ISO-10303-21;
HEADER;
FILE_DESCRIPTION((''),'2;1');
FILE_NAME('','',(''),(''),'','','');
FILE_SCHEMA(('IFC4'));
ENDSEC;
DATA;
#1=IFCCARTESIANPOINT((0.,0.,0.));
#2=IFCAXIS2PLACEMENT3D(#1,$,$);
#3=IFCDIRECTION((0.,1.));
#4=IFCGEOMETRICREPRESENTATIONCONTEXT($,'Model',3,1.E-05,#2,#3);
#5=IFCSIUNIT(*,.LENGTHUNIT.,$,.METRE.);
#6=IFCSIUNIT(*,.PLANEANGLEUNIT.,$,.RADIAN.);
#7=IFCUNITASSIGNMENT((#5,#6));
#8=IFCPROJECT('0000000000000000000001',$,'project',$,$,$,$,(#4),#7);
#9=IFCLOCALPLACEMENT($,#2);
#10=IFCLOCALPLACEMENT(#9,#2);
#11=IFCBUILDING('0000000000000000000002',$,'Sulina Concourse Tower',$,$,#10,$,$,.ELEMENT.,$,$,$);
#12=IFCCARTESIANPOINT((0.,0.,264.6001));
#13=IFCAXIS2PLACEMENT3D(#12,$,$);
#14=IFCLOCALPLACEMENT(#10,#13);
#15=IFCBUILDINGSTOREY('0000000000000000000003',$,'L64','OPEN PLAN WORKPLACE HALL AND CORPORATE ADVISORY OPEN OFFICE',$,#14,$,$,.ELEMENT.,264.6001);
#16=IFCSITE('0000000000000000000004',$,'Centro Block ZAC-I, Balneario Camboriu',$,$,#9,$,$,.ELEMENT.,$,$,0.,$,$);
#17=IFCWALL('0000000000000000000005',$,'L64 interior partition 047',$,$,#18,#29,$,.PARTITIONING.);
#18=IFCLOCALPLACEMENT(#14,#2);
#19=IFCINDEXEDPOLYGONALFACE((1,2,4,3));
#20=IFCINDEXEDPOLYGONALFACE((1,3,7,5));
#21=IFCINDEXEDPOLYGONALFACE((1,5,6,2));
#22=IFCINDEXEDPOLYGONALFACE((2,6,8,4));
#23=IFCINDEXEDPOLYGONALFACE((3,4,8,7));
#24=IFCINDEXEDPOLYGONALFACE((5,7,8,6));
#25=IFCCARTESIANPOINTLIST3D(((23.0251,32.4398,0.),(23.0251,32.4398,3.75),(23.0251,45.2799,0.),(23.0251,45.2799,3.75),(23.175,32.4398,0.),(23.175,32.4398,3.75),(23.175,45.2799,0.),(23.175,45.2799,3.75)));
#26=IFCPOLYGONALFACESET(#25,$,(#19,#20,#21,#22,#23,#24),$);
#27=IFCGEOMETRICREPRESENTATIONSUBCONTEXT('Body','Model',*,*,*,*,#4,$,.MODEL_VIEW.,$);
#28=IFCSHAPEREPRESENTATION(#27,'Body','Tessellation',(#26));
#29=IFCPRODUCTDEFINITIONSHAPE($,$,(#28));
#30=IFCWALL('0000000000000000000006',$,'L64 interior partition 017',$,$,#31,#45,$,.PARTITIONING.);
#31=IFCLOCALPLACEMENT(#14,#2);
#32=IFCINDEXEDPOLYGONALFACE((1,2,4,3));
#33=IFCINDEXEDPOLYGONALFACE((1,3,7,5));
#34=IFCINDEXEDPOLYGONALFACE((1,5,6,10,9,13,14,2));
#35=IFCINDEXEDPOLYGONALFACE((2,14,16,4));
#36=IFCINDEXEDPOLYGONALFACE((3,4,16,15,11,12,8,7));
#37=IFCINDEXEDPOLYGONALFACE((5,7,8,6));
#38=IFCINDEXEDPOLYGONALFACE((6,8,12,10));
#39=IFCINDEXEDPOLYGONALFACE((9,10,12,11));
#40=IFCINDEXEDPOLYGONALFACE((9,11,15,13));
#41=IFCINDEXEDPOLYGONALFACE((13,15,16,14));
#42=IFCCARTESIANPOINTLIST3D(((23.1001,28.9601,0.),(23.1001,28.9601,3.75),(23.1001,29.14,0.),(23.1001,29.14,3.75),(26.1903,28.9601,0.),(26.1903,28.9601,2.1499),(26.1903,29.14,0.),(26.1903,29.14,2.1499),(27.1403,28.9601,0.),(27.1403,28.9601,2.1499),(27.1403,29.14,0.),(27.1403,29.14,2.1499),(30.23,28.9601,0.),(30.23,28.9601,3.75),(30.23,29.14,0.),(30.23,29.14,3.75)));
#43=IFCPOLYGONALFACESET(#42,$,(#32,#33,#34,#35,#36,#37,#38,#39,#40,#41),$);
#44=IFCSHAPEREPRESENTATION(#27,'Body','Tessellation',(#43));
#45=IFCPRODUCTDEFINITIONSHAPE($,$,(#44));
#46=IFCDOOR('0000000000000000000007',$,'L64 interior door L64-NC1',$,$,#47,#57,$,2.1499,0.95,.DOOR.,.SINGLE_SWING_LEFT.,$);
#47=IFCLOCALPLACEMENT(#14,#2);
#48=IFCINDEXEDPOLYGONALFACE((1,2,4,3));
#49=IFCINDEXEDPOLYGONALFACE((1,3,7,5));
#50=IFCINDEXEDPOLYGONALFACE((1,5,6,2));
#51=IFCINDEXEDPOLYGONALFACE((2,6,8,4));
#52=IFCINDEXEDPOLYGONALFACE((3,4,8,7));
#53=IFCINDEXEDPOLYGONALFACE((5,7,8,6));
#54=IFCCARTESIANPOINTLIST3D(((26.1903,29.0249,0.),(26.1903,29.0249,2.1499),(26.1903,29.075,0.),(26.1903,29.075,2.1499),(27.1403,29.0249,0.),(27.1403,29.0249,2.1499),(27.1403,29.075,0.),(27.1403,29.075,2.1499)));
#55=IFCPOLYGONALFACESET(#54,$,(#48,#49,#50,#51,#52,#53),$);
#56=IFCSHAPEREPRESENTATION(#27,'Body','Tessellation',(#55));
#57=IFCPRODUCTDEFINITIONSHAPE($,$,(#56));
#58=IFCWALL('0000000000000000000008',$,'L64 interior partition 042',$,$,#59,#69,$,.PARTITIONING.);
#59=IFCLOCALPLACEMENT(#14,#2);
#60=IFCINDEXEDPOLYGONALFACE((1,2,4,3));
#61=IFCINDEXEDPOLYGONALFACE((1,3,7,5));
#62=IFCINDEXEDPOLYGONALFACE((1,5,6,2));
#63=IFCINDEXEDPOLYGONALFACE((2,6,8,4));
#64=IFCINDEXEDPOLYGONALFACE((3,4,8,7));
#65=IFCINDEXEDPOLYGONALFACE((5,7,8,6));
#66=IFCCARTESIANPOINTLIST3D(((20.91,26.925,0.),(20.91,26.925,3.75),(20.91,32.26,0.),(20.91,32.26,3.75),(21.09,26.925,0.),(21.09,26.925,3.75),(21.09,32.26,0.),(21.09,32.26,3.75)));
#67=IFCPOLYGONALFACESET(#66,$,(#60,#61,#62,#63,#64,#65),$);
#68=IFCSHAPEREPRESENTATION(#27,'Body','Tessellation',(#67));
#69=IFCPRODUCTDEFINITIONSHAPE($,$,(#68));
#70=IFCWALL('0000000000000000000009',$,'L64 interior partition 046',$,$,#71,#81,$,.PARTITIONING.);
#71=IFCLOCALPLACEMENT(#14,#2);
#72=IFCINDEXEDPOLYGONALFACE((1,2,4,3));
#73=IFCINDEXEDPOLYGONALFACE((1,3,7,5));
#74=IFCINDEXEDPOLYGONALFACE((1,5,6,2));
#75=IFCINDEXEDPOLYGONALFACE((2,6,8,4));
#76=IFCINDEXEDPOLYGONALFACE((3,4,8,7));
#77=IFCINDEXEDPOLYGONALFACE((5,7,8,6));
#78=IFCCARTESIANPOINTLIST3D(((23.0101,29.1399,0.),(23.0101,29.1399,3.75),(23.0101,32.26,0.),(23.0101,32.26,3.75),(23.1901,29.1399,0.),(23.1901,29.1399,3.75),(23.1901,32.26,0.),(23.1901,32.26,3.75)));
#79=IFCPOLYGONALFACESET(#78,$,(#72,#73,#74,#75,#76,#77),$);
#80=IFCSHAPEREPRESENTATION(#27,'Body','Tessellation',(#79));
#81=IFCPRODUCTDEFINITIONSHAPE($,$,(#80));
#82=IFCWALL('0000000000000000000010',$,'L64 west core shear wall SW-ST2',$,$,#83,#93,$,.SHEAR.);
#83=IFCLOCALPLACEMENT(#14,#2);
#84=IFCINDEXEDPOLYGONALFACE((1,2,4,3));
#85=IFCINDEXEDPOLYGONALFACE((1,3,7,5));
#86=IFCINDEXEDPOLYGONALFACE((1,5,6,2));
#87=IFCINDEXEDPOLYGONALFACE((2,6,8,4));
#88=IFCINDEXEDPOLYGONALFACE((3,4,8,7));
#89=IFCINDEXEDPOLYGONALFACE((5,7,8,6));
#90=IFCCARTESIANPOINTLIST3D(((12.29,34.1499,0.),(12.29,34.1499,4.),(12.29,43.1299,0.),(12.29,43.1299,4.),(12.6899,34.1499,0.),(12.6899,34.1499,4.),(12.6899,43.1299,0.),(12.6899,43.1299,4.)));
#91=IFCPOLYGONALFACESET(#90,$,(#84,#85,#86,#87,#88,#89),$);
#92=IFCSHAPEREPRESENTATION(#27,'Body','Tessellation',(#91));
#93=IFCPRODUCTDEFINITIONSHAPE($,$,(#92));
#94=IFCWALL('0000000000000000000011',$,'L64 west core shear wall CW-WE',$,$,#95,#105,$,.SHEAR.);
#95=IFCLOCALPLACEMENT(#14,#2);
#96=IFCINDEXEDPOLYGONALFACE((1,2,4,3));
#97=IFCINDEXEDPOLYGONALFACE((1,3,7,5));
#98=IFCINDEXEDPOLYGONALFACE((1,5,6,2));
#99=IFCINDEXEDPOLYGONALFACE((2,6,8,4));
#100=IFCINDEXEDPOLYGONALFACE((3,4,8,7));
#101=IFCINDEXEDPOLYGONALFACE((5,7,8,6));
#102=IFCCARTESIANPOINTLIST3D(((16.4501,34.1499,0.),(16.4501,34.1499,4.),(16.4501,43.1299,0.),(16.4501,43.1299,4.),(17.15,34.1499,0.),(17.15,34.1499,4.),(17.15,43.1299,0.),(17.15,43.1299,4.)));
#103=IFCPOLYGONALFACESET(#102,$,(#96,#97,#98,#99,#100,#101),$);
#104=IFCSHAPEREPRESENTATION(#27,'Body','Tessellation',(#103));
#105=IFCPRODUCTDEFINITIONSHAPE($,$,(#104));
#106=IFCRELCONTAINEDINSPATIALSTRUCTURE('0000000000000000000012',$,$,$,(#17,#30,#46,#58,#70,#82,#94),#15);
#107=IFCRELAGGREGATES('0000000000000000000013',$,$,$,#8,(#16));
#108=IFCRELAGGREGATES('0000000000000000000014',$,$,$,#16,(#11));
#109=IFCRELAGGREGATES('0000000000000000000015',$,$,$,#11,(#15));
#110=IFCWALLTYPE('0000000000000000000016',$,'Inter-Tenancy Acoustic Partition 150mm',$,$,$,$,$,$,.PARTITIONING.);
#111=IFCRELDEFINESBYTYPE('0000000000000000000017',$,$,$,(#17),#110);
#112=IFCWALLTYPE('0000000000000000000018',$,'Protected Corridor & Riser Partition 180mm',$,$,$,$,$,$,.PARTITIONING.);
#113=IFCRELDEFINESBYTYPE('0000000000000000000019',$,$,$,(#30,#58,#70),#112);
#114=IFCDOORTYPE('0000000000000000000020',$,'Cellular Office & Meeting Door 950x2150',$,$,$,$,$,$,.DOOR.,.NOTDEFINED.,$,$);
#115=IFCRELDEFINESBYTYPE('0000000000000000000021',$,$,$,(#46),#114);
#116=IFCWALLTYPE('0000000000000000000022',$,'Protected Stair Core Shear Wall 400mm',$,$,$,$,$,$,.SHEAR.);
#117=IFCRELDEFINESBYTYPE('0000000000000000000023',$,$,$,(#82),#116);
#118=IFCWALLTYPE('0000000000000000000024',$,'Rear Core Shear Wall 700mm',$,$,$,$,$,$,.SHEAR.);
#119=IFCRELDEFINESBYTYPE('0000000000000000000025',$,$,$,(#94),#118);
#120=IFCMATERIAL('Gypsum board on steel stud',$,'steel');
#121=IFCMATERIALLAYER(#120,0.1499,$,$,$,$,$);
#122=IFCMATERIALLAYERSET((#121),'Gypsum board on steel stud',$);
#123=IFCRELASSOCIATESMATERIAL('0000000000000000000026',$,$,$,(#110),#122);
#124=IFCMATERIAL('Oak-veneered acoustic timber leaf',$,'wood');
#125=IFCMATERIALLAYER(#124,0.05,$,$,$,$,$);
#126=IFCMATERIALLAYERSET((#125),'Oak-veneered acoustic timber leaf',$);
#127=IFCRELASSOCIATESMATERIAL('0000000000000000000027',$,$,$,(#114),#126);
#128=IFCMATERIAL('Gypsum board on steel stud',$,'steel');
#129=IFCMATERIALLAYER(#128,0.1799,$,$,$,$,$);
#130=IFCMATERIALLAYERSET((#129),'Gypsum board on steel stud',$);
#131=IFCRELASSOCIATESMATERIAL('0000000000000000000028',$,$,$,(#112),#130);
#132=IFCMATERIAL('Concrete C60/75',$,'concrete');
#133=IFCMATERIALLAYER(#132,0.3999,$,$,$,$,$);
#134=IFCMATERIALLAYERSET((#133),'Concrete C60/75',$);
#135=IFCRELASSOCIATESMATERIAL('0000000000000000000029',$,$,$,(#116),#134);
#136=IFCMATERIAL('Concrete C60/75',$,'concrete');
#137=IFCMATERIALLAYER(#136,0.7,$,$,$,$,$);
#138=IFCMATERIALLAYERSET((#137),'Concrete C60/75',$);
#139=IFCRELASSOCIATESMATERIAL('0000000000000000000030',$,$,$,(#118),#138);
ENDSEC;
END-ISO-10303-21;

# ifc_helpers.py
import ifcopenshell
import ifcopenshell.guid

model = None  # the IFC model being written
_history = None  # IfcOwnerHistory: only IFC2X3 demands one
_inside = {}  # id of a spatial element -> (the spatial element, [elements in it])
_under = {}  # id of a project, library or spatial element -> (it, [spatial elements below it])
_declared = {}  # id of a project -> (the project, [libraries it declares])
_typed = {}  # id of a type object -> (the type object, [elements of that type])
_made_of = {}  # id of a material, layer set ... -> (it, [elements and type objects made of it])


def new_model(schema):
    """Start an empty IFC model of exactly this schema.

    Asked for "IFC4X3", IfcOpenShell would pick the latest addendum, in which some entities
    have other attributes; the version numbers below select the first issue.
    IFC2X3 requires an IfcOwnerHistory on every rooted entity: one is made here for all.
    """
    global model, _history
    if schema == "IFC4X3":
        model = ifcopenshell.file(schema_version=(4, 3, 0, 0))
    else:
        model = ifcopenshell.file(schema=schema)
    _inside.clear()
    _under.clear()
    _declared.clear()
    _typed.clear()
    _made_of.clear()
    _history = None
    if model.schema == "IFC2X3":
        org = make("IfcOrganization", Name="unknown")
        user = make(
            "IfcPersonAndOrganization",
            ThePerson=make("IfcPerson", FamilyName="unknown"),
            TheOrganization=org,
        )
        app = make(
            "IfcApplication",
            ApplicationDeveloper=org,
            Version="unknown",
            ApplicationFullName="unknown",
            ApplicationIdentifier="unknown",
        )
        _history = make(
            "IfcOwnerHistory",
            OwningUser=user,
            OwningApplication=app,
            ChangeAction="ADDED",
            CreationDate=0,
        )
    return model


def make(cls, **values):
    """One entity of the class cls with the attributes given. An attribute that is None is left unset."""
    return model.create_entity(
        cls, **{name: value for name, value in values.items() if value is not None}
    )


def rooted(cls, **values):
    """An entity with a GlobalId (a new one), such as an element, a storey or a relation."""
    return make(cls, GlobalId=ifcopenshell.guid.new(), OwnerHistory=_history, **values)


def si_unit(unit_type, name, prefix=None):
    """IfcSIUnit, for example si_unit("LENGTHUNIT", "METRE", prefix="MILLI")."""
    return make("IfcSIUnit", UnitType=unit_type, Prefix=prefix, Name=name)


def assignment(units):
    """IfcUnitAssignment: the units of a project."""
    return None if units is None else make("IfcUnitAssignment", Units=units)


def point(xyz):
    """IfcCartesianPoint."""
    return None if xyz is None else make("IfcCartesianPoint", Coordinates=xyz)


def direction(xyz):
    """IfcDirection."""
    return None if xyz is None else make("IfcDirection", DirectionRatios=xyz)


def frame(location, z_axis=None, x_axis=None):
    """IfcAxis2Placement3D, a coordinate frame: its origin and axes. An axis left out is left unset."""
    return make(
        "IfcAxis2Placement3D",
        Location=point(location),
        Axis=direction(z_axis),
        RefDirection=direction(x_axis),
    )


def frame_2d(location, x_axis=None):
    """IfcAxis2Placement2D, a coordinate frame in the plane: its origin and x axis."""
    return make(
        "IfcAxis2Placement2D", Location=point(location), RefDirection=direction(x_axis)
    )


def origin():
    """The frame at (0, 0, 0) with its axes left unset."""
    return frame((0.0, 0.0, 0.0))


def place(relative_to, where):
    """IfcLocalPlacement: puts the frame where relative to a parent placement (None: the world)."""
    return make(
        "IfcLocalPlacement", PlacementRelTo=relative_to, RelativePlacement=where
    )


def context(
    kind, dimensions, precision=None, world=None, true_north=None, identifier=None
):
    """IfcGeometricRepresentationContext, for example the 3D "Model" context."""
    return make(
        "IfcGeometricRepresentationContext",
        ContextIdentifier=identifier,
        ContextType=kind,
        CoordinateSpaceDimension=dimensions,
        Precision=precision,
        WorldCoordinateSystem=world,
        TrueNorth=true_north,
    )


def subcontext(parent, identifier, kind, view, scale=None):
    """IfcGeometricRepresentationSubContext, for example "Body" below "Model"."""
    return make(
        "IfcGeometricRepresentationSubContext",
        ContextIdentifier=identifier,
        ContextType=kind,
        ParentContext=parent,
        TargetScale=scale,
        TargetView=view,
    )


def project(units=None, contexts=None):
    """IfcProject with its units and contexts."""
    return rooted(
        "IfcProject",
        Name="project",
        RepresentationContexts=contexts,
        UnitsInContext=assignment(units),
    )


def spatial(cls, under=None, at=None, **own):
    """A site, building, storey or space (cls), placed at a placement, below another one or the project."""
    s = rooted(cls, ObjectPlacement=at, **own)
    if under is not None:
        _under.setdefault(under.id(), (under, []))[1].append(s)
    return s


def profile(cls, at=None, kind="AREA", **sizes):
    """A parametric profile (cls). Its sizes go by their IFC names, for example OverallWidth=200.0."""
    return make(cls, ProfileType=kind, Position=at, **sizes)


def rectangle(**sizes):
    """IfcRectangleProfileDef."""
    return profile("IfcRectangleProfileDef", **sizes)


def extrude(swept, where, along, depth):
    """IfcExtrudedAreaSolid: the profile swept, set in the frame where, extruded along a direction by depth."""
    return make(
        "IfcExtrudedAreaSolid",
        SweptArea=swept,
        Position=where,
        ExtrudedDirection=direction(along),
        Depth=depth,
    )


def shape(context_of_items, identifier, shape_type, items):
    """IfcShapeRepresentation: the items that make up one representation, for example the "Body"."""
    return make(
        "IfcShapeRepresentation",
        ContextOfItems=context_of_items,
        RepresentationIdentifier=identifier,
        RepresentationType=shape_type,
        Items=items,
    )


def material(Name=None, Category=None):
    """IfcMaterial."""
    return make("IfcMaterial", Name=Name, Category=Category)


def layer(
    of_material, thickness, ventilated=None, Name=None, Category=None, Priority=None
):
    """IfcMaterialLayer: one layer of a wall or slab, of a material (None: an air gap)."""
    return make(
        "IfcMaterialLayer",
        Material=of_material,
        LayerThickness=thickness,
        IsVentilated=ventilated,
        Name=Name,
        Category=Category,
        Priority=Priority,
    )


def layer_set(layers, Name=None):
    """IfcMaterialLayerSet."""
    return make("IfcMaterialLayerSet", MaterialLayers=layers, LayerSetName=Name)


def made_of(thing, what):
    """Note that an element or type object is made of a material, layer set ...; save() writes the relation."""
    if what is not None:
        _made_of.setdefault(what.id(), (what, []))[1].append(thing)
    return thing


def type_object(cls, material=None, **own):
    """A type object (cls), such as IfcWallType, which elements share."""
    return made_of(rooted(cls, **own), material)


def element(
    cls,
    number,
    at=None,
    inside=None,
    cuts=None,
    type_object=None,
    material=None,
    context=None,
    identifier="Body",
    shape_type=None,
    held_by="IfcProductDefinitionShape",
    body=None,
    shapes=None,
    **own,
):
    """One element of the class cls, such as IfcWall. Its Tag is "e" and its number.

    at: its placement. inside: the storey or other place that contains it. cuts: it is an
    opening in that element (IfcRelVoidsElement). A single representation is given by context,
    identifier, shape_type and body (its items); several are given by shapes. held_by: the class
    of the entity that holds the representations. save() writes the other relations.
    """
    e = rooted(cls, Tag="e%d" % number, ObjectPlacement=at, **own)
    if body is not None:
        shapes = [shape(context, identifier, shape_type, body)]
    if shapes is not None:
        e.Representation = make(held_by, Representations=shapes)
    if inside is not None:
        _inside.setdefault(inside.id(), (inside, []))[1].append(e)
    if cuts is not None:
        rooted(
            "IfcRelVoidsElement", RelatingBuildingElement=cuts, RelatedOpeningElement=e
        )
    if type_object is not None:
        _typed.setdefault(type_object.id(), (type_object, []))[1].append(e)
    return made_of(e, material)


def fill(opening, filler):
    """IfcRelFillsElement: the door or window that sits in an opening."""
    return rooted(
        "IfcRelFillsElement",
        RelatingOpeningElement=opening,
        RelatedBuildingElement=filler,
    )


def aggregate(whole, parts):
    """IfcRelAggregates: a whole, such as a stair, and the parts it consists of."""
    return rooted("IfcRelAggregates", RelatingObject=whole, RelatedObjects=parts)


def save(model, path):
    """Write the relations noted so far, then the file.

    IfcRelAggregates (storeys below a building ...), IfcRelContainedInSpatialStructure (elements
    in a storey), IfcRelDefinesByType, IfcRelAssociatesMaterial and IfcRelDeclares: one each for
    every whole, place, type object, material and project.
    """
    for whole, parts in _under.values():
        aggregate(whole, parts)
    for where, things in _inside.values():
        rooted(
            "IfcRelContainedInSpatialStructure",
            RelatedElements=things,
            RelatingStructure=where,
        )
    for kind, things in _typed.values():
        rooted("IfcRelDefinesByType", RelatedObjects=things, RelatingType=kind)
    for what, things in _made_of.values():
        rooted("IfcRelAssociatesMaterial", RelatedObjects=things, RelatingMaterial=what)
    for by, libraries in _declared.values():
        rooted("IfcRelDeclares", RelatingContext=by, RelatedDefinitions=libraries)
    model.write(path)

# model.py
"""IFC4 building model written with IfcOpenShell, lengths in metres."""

from ifc_helpers import new_model, si_unit, direction, frame, frame_2d, origin, place, context, subcontext, project, spatial, rectangle, extrude, material, layer, layer_set, type_object, element, fill, save


model = new_model("IFC4")

# Units and contexts
model_context = context("Model", 3, precision=1e-05, world=origin(), true_north=direction((0.0, 1.0)))
body_context = subcontext(model_context, "Body", "Model", "MODEL_VIEW")
ifc_project = project(units=[si_unit("LENGTHUNIT", "METRE"), si_unit("PLANEANGLEUNIT", "RADIAN")], contexts=[model_context])

# Site, building, storey
site_placement = place(None, origin())
site = spatial("IfcSite", under=ifc_project, at=site_placement, Name="Centro Block ZAC-I, Balneario Camboriu", CompositionType="ELEMENT", RefElevation=0.0)
building_placement = place(site_placement, origin())
building = spatial("IfcBuilding", under=site, at=building_placement, Name="Sulina Concourse Tower", CompositionType="ELEMENT")
storey_placement = place(building_placement, frame((0.0, 0.0, 264.6001)))
storey = spatial("IfcBuildingStorey", under=building, at=storey_placement, Name="L64", Description="OPEN PLAN WORKPLACE HALL AND CORPORATE ADVISORY OPEN OFFICE", CompositionType="ELEMENT", Elevation=264.6001)

# Shared definitions
ifc_material_1 = material(Name="Gypsum board on steel stud", Category="steel")
ifc_layer_1 = layer(ifc_material_1, 0.1499)
ifc_layer_set_1 = layer_set([ifc_layer_1], Name="Gypsum board on steel stud")
wall_type_1 = type_object("IfcWallType", Name="Inter-Tenancy Acoustic Partition 150mm", PredefinedType="PARTITIONING", material=ifc_layer_set_1)

# Shared definitions
ifc_material_2 = material(Name="Oak-veneered acoustic timber leaf", Category="wood")
ifc_layer_2 = layer(ifc_material_2, 0.05)
ifc_layer_set_2 = layer_set([ifc_layer_2], Name="Oak-veneered acoustic timber leaf")
door_type_1 = type_object("IfcDoorType", Name="Cellular Office & Meeting Door 950x2150", OperationType="NOTDEFINED", PredefinedType="DOOR", material=ifc_layer_set_2)

# Wall
wall_1_placement = place(storey_placement, frame((23.1001, 32.4399, 0.0), z_axis=(0.0, 0.0, 1.0), x_axis=(0.0, 1.0, 0.0)))
element("IfcWall", 1, at=wall_1_placement, inside=storey, type_object=wall_type_1, Name="L64 interior partition 047", PredefinedType="PARTITIONING", context=body_context, shape_type="SweptSolid", body=[
    extrude(rectangle(XDim=12.8401, YDim=0.1499, at=frame_2d((6.4199, 0.0))), origin(), (0.0, 0.0, 1.0), 3.75),
])

# Wall, opening, door
ifc_material_3 = material(Name="Gypsum board on steel stud", Category="steel")
ifc_layer_3 = layer(ifc_material_3, 0.1799)
ifc_layer_set_3 = layer_set([ifc_layer_3], Name="Gypsum board on steel stud")
wall_type_2 = type_object("IfcWallType", Name="Protected Corridor & Riser Partition 180mm", PredefinedType="PARTITIONING", material=ifc_layer_set_3)
wall_2_placement = place(storey_placement, frame((23.1001, 29.05, 0.0), z_axis=(0.0, 0.0, 1.0), x_axis=(1.0, 0.0, 0.0)))
wall_2 = element("IfcWall", 2, at=wall_2_placement, inside=storey, type_object=wall_type_2, Name="L64 interior partition 017", PredefinedType="PARTITIONING", context=body_context, shape_type="SweptSolid", body=[
    extrude(rectangle(XDim=7.1299, YDim=0.1799, at=frame_2d((3.5649, 0.0))), origin(), (0.0, 0.0, 1.0), 3.75),
])
opening_1_placement = place(wall_2_placement, frame((3.0901, 0.0, 0.0)))
opening_1 = element("IfcOpeningElement", 3, at=opening_1_placement, cuts=wall_2, PredefinedType="OPENING", context=body_context, shape_type="SweptSolid", body=[
    extrude(rectangle(XDim=0.95, YDim=2.1499, at=frame_2d((0.4751, 1.075))), frame((0.0, 0.0999, 0.0), z_axis=(0.0, -1.0, 0.0), x_axis=(1.0, 0.0, 0.0)), (0.0, 0.0, 1.0), 0.2),
])
door_1_placement = place(opening_1_placement, origin())
door_1 = element("IfcDoor", 4, at=door_1_placement, inside=storey, type_object=door_type_1, Name="L64 interior door L64-NC1", OperationType="SINGLE_SWING_LEFT", OverallHeight=2.1499, OverallWidth=0.95, PredefinedType="DOOR", context=body_context, shape_type="SweptSolid", body=[
    extrude(rectangle(XDim=0.95, YDim=2.1499, at=frame_2d((0.4751, 1.075))), frame((0.0, 0.0249, 0.0), z_axis=(0.0, -1.0, 0.0), x_axis=(1.0, 0.0, 0.0)), (0.0, 0.0, 1.0), 0.05),
])
fill(opening_1, door_1)

# Walls
wall_3_placement = place(storey_placement, frame((21.0, 26.925, 0.0), z_axis=(0.0, 0.0, 1.0), x_axis=(0.0, 1.0, 0.0)))
element("IfcWall", 5, at=wall_3_placement, inside=storey, type_object=wall_type_2, Name="L64 interior partition 042", PredefinedType="PARTITIONING", context=body_context, shape_type="SweptSolid", body=[
    extrude(rectangle(XDim=5.335, YDim=0.1799, at=frame_2d((2.6675, 0.0))), origin(), (0.0, 0.0, 1.0), 3.75),
])
wall_4_placement = place(storey_placement, frame((23.1001, 29.1399, 0.0), z_axis=(0.0, 0.0, 1.0), x_axis=(0.0, 1.0, 0.0)))
element("IfcWall", 6, at=wall_4_placement, inside=storey, type_object=wall_type_2, Name="L64 interior partition 046", PredefinedType="PARTITIONING", context=body_context, shape_type="SweptSolid", body=[
    extrude(rectangle(XDim=3.1201, YDim=0.1799, at=frame_2d((1.5601, 0.0))), origin(), (0.0, 0.0, 1.0), 3.75),
])
ifc_material_4 = material(Name="Concrete C60/75", Category="concrete")
ifc_layer_4 = layer(ifc_material_4, 0.3999)
ifc_layer_set_4 = layer_set([ifc_layer_4], Name="Concrete C60/75")
wall_type_3 = type_object("IfcWallType", Name="Protected Stair Core Shear Wall 400mm", PredefinedType="SHEAR", material=ifc_layer_set_4)
wall_5_placement = place(storey_placement, frame((12.49, 34.1499, 0.0), z_axis=(0.0, 0.0, 1.0), x_axis=(0.0, 1.0, 0.0)))
element("IfcWall", 7, at=wall_5_placement, inside=storey, type_object=wall_type_3, Name="L64 west core shear wall SW-ST2", PredefinedType="SHEAR", context=body_context, shape_type="SweptSolid", body=[
    extrude(rectangle(XDim=8.98, YDim=0.3999, at=frame_2d((4.49, 0.0))), origin(), (0.0, 0.0, 1.0), 4.0),
])
ifc_material_5 = material(Name="Concrete C60/75", Category="concrete")
ifc_layer_5 = layer(ifc_material_5, 0.7)
ifc_layer_set_5 = layer_set([ifc_layer_5], Name="Concrete C60/75")
wall_type_4 = type_object("IfcWallType", Name="Rear Core Shear Wall 700mm", PredefinedType="SHEAR", material=ifc_layer_set_5)
wall_6_placement = place(storey_placement, frame((16.8, 34.1499, 0.0), z_axis=(0.0, 0.0, 1.0), x_axis=(0.0, 1.0, 0.0)))
element("IfcWall", 8, at=wall_6_placement, inside=storey, type_object=wall_type_4, Name="L64 west core shear wall CW-WE", PredefinedType="SHEAR", context=body_context, shape_type="SweptSolid", body=[
    extrude(rectangle(XDim=8.98, YDim=0.7, at=frame_2d((4.49, 0.0))), origin(), (0.0, 0.0, 1.0), 4.0),
])

save(model, "model.ifc")
